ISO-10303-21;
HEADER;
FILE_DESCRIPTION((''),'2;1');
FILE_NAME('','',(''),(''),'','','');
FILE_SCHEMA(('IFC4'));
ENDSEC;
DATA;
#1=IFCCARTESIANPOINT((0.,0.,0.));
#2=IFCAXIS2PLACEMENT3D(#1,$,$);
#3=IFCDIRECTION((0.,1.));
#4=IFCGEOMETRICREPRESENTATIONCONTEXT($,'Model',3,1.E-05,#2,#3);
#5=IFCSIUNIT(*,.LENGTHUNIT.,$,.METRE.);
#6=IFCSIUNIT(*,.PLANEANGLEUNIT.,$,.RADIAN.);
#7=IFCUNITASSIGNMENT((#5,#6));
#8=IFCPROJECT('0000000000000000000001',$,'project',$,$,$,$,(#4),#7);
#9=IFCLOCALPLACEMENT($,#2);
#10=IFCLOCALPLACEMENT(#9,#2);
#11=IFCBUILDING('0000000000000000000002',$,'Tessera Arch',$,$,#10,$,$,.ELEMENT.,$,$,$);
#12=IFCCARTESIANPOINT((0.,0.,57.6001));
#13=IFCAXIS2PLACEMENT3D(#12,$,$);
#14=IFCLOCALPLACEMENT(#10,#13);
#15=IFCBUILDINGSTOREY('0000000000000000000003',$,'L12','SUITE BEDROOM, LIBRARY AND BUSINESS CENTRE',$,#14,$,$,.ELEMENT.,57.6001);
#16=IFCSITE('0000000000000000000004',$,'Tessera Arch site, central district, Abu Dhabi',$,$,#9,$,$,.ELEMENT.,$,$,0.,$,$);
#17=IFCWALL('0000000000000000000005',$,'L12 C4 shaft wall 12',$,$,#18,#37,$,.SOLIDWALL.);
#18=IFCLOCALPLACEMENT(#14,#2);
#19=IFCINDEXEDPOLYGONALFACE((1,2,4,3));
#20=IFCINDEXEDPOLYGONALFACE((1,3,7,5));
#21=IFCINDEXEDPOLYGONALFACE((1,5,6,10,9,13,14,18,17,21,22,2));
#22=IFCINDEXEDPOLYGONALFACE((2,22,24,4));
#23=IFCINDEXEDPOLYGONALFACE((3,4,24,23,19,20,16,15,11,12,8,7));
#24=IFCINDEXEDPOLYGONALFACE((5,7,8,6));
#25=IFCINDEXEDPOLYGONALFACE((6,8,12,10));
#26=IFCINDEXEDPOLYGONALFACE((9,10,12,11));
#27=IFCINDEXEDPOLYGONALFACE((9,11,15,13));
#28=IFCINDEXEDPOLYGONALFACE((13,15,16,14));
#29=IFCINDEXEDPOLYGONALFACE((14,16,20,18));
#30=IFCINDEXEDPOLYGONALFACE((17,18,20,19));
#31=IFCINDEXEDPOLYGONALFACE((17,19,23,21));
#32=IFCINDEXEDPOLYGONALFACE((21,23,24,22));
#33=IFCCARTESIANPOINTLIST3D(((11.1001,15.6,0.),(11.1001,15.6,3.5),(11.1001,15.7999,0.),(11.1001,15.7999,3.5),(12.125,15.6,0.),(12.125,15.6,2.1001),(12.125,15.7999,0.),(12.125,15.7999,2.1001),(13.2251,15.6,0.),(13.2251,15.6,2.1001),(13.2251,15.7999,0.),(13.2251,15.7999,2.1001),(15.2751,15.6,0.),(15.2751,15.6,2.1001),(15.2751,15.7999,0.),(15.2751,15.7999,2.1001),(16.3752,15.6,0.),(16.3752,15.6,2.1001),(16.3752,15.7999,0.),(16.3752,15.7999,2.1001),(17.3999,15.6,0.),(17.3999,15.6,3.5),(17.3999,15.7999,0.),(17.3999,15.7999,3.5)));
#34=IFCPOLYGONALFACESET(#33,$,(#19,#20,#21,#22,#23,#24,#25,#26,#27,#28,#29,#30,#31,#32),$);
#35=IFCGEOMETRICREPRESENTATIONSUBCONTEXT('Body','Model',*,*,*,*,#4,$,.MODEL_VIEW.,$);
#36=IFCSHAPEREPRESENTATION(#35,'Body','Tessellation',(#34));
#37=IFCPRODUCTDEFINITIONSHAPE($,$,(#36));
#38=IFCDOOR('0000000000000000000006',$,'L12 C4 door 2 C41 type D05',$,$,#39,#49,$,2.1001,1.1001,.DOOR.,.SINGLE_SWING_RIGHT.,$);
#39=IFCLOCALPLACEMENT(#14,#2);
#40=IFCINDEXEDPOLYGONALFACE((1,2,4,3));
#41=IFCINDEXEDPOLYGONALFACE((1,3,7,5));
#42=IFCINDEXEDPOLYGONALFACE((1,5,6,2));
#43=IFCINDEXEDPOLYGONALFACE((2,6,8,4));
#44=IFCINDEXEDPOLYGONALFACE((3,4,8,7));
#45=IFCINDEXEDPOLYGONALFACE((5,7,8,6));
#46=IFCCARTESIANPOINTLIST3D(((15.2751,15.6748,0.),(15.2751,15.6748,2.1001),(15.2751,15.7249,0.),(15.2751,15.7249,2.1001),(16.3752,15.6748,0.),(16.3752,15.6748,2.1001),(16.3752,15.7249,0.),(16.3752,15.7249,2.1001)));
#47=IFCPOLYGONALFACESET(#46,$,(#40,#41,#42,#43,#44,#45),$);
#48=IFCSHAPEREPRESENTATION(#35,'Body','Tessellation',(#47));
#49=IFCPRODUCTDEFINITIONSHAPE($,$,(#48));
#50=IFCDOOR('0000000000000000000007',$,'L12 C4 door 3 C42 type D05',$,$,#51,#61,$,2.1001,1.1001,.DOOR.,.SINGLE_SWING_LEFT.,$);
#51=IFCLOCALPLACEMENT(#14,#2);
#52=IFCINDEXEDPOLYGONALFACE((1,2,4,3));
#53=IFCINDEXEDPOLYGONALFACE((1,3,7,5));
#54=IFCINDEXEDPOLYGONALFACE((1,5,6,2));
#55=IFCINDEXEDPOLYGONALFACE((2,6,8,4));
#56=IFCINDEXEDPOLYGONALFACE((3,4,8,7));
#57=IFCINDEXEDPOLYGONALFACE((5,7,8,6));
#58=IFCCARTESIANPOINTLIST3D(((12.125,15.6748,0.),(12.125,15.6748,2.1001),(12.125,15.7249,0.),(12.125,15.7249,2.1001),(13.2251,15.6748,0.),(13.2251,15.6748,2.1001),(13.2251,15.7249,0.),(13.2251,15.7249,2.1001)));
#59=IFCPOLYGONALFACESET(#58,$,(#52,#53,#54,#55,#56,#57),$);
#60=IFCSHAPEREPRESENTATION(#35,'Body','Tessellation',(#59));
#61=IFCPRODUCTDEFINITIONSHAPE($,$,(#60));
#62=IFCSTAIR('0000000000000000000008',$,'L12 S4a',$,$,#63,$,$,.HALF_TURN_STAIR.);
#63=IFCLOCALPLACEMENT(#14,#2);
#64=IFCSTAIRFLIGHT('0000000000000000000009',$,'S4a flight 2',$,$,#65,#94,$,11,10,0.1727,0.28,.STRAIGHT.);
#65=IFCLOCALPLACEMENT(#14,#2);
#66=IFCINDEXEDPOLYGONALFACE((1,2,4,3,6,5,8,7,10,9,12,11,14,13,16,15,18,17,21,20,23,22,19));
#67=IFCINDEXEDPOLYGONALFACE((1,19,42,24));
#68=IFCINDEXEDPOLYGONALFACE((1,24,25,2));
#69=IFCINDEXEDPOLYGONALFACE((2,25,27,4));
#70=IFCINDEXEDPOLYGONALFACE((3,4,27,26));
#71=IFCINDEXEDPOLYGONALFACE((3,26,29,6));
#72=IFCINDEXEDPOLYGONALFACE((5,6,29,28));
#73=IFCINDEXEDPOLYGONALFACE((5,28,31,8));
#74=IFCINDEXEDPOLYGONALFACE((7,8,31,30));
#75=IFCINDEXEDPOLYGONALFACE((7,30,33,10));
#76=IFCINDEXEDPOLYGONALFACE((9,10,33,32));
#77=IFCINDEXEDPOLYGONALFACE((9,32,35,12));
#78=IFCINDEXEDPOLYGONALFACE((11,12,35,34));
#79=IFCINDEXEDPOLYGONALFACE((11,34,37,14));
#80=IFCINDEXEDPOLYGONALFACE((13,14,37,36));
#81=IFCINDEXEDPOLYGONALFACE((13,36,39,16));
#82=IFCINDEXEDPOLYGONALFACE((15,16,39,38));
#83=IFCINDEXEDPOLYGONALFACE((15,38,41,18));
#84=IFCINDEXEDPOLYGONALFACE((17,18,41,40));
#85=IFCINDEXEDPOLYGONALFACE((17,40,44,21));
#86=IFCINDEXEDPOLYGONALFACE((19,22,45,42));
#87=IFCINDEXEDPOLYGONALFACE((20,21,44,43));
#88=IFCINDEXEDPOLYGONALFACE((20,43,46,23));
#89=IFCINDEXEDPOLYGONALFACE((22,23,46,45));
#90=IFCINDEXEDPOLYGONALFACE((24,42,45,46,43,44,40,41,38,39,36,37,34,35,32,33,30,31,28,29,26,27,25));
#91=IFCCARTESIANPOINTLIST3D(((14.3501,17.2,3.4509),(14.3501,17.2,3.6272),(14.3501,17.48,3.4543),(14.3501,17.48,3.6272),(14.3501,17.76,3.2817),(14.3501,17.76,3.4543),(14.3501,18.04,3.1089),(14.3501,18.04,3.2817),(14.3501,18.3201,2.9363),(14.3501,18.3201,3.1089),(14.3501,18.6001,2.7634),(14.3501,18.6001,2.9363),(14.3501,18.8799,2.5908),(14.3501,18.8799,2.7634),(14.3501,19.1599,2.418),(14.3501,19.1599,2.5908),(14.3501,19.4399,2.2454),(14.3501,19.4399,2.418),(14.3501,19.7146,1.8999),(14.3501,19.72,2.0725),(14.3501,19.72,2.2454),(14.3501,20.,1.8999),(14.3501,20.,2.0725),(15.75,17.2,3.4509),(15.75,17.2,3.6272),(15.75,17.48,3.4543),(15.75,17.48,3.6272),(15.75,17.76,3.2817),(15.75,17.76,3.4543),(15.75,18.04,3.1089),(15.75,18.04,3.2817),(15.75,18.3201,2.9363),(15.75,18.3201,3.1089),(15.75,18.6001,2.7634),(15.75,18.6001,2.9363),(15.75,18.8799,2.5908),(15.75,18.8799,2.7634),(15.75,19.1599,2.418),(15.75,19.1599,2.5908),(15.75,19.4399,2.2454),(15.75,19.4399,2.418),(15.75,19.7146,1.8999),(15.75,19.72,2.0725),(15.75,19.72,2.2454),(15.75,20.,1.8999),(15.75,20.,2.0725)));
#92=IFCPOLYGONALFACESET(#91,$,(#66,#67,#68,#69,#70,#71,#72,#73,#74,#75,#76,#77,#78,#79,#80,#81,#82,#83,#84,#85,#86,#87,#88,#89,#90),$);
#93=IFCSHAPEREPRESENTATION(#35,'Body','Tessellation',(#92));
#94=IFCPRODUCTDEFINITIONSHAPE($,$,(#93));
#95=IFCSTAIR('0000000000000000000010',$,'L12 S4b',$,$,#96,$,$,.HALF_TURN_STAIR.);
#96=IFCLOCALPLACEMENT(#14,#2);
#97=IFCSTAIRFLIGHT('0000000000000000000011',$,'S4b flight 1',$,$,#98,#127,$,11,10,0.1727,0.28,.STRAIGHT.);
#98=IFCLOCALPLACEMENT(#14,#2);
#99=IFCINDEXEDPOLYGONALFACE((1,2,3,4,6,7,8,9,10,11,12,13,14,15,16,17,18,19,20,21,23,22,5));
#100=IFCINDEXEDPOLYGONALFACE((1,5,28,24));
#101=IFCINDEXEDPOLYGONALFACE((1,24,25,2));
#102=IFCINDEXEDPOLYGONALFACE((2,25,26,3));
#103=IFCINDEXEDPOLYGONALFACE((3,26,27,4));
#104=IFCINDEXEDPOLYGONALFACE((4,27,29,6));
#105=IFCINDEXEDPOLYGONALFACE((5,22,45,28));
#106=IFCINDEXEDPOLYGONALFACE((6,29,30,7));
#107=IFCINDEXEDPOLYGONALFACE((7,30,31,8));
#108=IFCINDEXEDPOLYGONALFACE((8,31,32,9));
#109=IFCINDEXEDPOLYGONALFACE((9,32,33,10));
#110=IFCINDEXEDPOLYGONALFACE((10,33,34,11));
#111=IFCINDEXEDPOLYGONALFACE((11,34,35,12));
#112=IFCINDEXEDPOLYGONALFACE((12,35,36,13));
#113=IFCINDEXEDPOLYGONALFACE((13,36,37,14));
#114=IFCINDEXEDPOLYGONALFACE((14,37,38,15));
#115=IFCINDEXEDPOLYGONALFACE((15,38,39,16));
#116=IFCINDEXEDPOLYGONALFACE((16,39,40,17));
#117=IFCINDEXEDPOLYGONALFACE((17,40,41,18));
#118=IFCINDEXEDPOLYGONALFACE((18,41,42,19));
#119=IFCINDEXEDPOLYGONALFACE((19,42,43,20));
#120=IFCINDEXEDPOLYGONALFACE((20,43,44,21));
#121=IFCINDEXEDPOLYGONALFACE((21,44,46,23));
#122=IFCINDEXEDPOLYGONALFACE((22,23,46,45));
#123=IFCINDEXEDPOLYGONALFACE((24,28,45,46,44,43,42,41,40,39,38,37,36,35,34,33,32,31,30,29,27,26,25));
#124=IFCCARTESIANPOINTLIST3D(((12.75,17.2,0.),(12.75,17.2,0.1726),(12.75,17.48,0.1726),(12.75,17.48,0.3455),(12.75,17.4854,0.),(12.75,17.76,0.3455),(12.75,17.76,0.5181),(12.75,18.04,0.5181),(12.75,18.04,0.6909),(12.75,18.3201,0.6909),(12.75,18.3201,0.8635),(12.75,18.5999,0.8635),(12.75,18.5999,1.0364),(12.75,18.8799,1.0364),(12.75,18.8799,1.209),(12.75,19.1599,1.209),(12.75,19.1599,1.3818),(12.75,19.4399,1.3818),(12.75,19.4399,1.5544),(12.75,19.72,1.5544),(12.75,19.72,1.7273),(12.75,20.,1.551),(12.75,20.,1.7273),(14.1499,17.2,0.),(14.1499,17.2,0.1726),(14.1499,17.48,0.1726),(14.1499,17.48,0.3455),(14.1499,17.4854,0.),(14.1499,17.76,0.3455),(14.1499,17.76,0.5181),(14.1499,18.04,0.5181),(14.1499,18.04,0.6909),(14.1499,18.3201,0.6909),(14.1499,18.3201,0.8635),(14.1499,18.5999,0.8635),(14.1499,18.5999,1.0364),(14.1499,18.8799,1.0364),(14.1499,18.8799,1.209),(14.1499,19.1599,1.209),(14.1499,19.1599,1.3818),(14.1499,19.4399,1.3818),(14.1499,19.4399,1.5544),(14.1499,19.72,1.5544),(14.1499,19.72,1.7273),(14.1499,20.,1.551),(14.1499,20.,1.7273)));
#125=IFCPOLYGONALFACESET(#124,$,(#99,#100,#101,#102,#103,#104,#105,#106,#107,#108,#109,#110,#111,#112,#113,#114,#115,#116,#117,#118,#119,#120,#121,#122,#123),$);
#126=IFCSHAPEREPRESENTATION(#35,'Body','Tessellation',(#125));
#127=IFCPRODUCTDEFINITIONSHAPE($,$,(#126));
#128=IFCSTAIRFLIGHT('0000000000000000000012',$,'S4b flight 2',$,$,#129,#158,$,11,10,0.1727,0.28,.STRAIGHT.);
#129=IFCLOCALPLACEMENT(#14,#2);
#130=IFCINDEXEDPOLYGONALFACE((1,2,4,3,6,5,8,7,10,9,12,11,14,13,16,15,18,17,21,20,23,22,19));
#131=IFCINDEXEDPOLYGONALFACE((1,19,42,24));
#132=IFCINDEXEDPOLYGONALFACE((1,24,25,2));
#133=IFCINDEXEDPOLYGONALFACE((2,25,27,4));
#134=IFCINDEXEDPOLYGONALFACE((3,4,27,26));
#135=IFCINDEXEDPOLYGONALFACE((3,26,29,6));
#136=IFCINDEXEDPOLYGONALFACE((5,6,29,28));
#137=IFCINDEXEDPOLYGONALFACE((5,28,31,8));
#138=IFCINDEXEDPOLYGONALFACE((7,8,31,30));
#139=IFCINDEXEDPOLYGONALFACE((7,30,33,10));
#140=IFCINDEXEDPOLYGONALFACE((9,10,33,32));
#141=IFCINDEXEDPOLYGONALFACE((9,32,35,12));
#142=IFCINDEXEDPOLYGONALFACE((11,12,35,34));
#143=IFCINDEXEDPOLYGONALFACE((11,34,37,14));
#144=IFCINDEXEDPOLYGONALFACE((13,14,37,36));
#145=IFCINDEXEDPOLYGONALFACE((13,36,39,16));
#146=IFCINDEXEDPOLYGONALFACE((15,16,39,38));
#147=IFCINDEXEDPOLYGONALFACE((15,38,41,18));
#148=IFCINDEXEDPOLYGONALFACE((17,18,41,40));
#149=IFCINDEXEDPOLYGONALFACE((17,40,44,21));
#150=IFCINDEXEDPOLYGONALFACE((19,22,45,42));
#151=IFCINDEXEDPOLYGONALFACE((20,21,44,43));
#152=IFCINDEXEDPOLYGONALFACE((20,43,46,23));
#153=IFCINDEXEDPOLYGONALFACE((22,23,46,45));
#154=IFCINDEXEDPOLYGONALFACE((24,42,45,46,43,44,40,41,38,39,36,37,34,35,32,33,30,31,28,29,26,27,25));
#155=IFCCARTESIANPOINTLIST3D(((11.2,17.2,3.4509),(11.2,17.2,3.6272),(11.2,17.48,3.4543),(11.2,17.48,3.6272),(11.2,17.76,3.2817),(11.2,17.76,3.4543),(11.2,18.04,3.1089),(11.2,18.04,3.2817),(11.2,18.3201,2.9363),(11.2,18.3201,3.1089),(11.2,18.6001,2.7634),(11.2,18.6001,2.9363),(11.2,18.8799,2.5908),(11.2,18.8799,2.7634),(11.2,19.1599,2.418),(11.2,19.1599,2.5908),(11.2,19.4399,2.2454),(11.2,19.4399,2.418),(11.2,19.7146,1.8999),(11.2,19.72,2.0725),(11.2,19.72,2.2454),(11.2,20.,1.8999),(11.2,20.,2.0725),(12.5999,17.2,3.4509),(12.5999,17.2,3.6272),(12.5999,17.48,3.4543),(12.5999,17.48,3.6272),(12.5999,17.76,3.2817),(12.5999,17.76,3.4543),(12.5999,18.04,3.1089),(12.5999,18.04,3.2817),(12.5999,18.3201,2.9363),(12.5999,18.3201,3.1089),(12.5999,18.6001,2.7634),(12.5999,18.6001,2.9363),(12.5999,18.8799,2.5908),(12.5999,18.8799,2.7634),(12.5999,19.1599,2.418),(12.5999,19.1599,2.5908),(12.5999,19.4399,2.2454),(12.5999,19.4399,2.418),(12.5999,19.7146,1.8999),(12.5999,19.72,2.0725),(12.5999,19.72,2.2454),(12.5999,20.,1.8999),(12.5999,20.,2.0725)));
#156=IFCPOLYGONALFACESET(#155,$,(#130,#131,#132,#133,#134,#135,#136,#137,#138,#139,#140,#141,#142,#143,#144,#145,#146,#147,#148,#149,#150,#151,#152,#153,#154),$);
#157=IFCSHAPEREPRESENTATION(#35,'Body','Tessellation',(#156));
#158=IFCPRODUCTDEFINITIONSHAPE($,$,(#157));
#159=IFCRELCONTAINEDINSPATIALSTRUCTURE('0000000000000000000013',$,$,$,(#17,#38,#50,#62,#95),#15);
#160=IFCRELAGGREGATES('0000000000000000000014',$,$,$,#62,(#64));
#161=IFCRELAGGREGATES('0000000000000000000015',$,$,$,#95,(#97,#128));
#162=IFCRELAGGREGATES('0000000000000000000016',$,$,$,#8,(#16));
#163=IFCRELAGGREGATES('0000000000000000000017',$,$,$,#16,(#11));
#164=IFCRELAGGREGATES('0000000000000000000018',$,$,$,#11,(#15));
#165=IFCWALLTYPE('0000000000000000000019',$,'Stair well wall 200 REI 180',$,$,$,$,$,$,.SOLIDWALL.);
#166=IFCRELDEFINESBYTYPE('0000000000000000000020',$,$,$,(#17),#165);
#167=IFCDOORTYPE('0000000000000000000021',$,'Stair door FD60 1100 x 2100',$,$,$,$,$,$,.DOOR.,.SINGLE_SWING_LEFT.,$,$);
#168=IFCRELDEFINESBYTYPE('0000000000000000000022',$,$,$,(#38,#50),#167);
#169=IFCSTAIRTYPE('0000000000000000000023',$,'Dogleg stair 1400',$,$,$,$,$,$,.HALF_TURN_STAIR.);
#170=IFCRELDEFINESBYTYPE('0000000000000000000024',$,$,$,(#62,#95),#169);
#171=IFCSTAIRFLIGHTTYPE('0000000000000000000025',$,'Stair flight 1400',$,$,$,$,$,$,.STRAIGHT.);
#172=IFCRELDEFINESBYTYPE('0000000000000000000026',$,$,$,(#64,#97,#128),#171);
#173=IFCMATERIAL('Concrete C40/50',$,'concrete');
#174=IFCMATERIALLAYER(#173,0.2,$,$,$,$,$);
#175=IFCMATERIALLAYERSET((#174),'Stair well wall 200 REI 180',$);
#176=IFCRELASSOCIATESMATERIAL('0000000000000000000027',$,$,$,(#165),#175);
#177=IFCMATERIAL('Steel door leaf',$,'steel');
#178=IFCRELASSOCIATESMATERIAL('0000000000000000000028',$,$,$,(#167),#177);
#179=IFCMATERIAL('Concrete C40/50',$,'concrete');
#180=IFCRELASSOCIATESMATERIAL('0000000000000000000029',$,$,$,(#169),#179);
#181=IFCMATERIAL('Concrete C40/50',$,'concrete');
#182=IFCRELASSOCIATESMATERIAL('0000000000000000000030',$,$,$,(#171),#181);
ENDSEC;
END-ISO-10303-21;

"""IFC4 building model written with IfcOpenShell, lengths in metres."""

from ifc_helpers import new_model, si_unit, direction, frame, frame_2d, origin, place, context, subcontext, project, spatial, polyline, rectangle, outline, extrude, material, layer, layer_set, type_object, element, fill, aggregate, save


model = new_model("IFC4")

# Units and contexts
model_context = context("Model", 3, precision=1e-05, world=origin(), true_north=direction((0.0, 1.0)))
body_context = subcontext(model_context, "Body", "Model", "MODEL_VIEW")
ifc_project = project(units=[si_unit("LENGTHUNIT", "METRE"), si_unit("PLANEANGLEUNIT", "RADIAN")], contexts=[model_context])

# Site, building, storey
site_placement = place(None, origin())
site = spatial("IfcSite", under=ifc_project, at=site_placement, Name="Tessera Arch site, central district, Abu Dhabi", CompositionType="ELEMENT", RefElevation=0.0)
building_placement = place(site_placement, origin())
building = spatial("IfcBuilding", under=site, at=building_placement, Name="Tessera Arch", CompositionType="ELEMENT")
storey_placement = place(building_placement, frame((0.0, 0.0, 57.6001)))
storey = spatial("IfcBuildingStorey", under=building, at=storey_placement, Name="L12", Description="SUITE BEDROOM, LIBRARY AND BUSINESS CENTRE", CompositionType="ELEMENT", Elevation=57.6001)

# Shared definitions
ifc_material_1 = material(Name="Concrete C40/50", Category="concrete")
ifc_layer_1 = layer(ifc_material_1, 0.2)
ifc_layer_set_1 = layer_set([ifc_layer_1], Name="Stair well wall 200 REI 180")
wall_type_1 = type_object("IfcWallType", Name="Stair well wall 200 REI 180", PredefinedType="SOLIDWALL", material=ifc_layer_set_1)

# Wall, openings, doors
wall_1_placement = place(storey_placement, frame((11.1001, 15.7, 0.0), z_axis=(0.0, 0.0, 1.0), x_axis=(1.0, 0.0, 0.0)))
wall_1 = element("IfcWall", 1, at=wall_1_placement, inside=storey, type_object=wall_type_1, Name="L12 C4 shaft wall 12", PredefinedType="SOLIDWALL", context=body_context, shape_type="SweptSolid", body=[
    extrude(rectangle(XDim=6.2998, YDim=0.2, at=frame_2d((3.1499, 0.0))), origin(), (0.0, 0.0, 1.0), 3.5),
])
opening_1_placement = place(wall_1_placement, frame((4.175, 0.0, 0.0)))
opening_1 = element("IfcOpeningElement", 2, at=opening_1_placement, cuts=wall_1, PredefinedType="OPENING", context=body_context, shape_type="SweptSolid", body=[
    extrude(rectangle(XDim=1.1001, YDim=2.1001, at=frame_2d((0.55, 1.05))), frame((0.0, 0.1099, 0.0), z_axis=(0.0, -1.0, 0.0), x_axis=(1.0, 0.0, 0.0)), (0.0, 0.0, 1.0), 0.22),
])
opening_2_placement = place(wall_1_placement, frame((1.0249, 0.0, 0.0)))
opening_2 = element("IfcOpeningElement", 3, at=opening_2_placement, cuts=wall_1, PredefinedType="OPENING", context=body_context, shape_type="SweptSolid", body=[
    extrude(rectangle(XDim=1.1001, YDim=2.1001, at=frame_2d((0.55, 1.05))), frame((0.0, 0.1099, 0.0), z_axis=(0.0, -1.0, 0.0), x_axis=(1.0, 0.0, 0.0)), (0.0, 0.0, 1.0), 0.22),
])
ifc_material_2 = material(Name="Steel door leaf", Category="steel")
door_type_1 = type_object("IfcDoorType", Name="Stair door FD60 1100 x 2100", OperationType="SINGLE_SWING_LEFT", PredefinedType="DOOR", material=ifc_material_2)
door_1_placement = place(opening_1_placement, origin())
door_1 = element("IfcDoor", 4, at=door_1_placement, inside=storey, type_object=door_type_1, Name="L12 C4 door 2 C41 type D05", OperationType="SINGLE_SWING_RIGHT", OverallHeight=2.1001, OverallWidth=1.1001, PredefinedType="DOOR", context=body_context, shape_type="SweptSolid", body=[
    extrude(rectangle(XDim=1.1001, YDim=2.1001, at=frame_2d((0.55, 1.05))), frame((0.0, 0.0249, 0.0), z_axis=(0.0, -1.0, 0.0), x_axis=(1.0, 0.0, 0.0)), (0.0, 0.0, 1.0), 0.05),
])
fill(opening_1, door_1)
door_2_placement = place(opening_2_placement, origin())
door_2 = element("IfcDoor", 5, at=door_2_placement, inside=storey, type_object=door_type_1, Name="L12 C4 door 3 C42 type D05", OperationType="SINGLE_SWING_LEFT", OverallHeight=2.1001, OverallWidth=1.1001, PredefinedType="DOOR", context=body_context, shape_type="SweptSolid", body=[
    extrude(rectangle(XDim=1.1001, YDim=2.1001, at=frame_2d((0.55, 1.05))), frame((0.0, 0.0249, 0.0), z_axis=(0.0, -1.0, 0.0), x_axis=(1.0, 0.0, 0.0)), (0.0, 0.0, 1.0), 0.05),
])
fill(opening_2, door_2)

# Stair, stair flight
ifc_material_3 = material(Name="Concrete C40/50", Category="concrete")
stair_type = type_object("IfcStairType", Name="Dogleg stair 1400", PredefinedType="HALF_TURN_STAIR", material=ifc_material_3)
stair_1_placement = place(storey_placement, origin())
stair_1 = element("IfcStair", 6, at=stair_1_placement, inside=storey, type_object=stair_type, Name="L12 S4a", PredefinedType="HALF_TURN_STAIR")
ifc_material_4 = material(Name="Concrete C40/50", Category="concrete")
stair_flight_type = type_object("IfcStairFlightType", Name="Stair flight 1400", PredefinedType="STRAIGHT", material=ifc_material_4)
stair_flight_1_placement = place(storey_placement, frame((15.05, 20.0, 1.8999), z_axis=(0.0, 0.0, 1.0), x_axis=(0.0, -1.0, 0.0)))
stair_flight_1 = element("IfcStairFlight", 7, at=stair_flight_1_placement, type_object=stair_flight_type, Name="S4a flight 2", NumberOfRisers=11, NumberOfTreads=10, PredefinedType="STRAIGHT", RiserHeight=0.1727, TreadLength=0.28, context=body_context, shape_type="SweptSolid", body=[
    extrude(outline(polyline([(0.0, 0.0), (0.0, 0.1726), (0.28, 0.1726), (0.28, 0.3455), (0.5601, 0.3455), (0.5601, 0.5181), (0.8401, 0.5181), (0.8401, 0.6909), (1.1201, 0.6909), (1.1201, 0.8635), (1.3999, 0.8635), (1.3999, 1.0364), (1.6799, 1.0364), (1.6799, 1.209), (1.96, 1.209), (1.96, 1.3818), (2.24, 1.3818), (2.24, 1.5544), (2.52, 1.5544), (2.52, 1.7273), (2.8, 1.7273), (2.8, 1.8999), (2.8, 1.551), (0.2854, 0.0), (0.0, 0.0)])), frame((0.0, 0.7, 0.0), z_axis=(0.0, -1.0, 0.0), x_axis=(1.0, 0.0, 0.0)), (0.0, 0.0, 1.0), 1.3999),
])
aggregate(stair_1, [stair_flight_1])

# Stair, stair flights
stair_2_placement = place(storey_placement, origin())
stair_2 = element("IfcStair", 8, at=stair_2_placement, inside=storey, type_object=stair_type, Name="L12 S4b", PredefinedType="HALF_TURN_STAIR")
stair_flight_2_placement = place(storey_placement, frame((13.45, 17.2, 0.0), z_axis=(0.0, 0.0, 1.0), x_axis=(0.0, 1.0, 0.0)))
stair_flight_2 = element("IfcStairFlight", 9, at=stair_flight_2_placement, type_object=stair_flight_type, Name="S4b flight 1", NumberOfRisers=11, NumberOfTreads=10, PredefinedType="STRAIGHT", RiserHeight=0.1727, TreadLength=0.28, context=body_context, shape_type="SweptSolid", body=[
    extrude(outline(polyline([(0.0, 0.0), (0.0, 0.1726), (0.28, 0.1726), (0.28, 0.3455), (0.5601, 0.3455), (0.5601, 0.5181), (0.8401, 0.5181), (0.8401, 0.6909), (1.1201, 0.6909), (1.1201, 0.8635), (1.3999, 0.8635), (1.3999, 1.0364), (1.6799, 1.0364), (1.6799, 1.209), (1.96, 1.209), (1.96, 1.3818), (2.24, 1.3818), (2.24, 1.5544), (2.52, 1.5544), (2.52, 1.7273), (2.8, 1.7273), (2.8, 1.8999), (2.8, 1.551), (0.2854, 0.0), (0.0, 0.0)])), frame((0.0, 0.7, 0.0), z_axis=(0.0, -1.0, 0.0), x_axis=(1.0, 0.0, 0.0)), (0.0, 0.0, 1.0), 1.3999),
])
stair_flight_3_placement = place(storey_placement, frame((11.8999, 20.0, 1.8999), z_axis=(0.0, 0.0, 1.0), x_axis=(0.0, -1.0, 0.0)))
stair_flight_3 = element("IfcStairFlight", 10, at=stair_flight_3_placement, type_object=stair_flight_type, Name="S4b flight 2", NumberOfRisers=11, NumberOfTreads=10, PredefinedType="STRAIGHT", RiserHeight=0.1727, TreadLength=0.28, context=body_context, shape_type="SweptSolid", body=[
    extrude(outline(polyline([(0.0, 0.0), (0.0, 0.1726), (0.28, 0.1726), (0.28, 0.3455), (0.5601, 0.3455), (0.5601, 0.5181), (0.8401, 0.5181), (0.8401, 0.6909), (1.1201, 0.6909), (1.1201, 0.8635), (1.3999, 0.8635), (1.3999, 1.0364), (1.6799, 1.0364), (1.6799, 1.209), (1.96, 1.209), (1.96, 1.3818), (2.24, 1.3818), (2.24, 1.5544), (2.52, 1.5544), (2.52, 1.7273), (2.8, 1.7273), (2.8, 1.8999), (2.8, 1.551), (0.2854, 0.0), (0.0, 0.0)])), frame((0.0, 0.7, 0.0), z_axis=(0.0, -1.0, 0.0), x_axis=(1.0, 0.0, 0.0)), (0.0, 0.0, 1.0), 1.3999),
])
aggregate(stair_2, [stair_flight_2, stair_flight_3])

save(model, "model.ifc")
